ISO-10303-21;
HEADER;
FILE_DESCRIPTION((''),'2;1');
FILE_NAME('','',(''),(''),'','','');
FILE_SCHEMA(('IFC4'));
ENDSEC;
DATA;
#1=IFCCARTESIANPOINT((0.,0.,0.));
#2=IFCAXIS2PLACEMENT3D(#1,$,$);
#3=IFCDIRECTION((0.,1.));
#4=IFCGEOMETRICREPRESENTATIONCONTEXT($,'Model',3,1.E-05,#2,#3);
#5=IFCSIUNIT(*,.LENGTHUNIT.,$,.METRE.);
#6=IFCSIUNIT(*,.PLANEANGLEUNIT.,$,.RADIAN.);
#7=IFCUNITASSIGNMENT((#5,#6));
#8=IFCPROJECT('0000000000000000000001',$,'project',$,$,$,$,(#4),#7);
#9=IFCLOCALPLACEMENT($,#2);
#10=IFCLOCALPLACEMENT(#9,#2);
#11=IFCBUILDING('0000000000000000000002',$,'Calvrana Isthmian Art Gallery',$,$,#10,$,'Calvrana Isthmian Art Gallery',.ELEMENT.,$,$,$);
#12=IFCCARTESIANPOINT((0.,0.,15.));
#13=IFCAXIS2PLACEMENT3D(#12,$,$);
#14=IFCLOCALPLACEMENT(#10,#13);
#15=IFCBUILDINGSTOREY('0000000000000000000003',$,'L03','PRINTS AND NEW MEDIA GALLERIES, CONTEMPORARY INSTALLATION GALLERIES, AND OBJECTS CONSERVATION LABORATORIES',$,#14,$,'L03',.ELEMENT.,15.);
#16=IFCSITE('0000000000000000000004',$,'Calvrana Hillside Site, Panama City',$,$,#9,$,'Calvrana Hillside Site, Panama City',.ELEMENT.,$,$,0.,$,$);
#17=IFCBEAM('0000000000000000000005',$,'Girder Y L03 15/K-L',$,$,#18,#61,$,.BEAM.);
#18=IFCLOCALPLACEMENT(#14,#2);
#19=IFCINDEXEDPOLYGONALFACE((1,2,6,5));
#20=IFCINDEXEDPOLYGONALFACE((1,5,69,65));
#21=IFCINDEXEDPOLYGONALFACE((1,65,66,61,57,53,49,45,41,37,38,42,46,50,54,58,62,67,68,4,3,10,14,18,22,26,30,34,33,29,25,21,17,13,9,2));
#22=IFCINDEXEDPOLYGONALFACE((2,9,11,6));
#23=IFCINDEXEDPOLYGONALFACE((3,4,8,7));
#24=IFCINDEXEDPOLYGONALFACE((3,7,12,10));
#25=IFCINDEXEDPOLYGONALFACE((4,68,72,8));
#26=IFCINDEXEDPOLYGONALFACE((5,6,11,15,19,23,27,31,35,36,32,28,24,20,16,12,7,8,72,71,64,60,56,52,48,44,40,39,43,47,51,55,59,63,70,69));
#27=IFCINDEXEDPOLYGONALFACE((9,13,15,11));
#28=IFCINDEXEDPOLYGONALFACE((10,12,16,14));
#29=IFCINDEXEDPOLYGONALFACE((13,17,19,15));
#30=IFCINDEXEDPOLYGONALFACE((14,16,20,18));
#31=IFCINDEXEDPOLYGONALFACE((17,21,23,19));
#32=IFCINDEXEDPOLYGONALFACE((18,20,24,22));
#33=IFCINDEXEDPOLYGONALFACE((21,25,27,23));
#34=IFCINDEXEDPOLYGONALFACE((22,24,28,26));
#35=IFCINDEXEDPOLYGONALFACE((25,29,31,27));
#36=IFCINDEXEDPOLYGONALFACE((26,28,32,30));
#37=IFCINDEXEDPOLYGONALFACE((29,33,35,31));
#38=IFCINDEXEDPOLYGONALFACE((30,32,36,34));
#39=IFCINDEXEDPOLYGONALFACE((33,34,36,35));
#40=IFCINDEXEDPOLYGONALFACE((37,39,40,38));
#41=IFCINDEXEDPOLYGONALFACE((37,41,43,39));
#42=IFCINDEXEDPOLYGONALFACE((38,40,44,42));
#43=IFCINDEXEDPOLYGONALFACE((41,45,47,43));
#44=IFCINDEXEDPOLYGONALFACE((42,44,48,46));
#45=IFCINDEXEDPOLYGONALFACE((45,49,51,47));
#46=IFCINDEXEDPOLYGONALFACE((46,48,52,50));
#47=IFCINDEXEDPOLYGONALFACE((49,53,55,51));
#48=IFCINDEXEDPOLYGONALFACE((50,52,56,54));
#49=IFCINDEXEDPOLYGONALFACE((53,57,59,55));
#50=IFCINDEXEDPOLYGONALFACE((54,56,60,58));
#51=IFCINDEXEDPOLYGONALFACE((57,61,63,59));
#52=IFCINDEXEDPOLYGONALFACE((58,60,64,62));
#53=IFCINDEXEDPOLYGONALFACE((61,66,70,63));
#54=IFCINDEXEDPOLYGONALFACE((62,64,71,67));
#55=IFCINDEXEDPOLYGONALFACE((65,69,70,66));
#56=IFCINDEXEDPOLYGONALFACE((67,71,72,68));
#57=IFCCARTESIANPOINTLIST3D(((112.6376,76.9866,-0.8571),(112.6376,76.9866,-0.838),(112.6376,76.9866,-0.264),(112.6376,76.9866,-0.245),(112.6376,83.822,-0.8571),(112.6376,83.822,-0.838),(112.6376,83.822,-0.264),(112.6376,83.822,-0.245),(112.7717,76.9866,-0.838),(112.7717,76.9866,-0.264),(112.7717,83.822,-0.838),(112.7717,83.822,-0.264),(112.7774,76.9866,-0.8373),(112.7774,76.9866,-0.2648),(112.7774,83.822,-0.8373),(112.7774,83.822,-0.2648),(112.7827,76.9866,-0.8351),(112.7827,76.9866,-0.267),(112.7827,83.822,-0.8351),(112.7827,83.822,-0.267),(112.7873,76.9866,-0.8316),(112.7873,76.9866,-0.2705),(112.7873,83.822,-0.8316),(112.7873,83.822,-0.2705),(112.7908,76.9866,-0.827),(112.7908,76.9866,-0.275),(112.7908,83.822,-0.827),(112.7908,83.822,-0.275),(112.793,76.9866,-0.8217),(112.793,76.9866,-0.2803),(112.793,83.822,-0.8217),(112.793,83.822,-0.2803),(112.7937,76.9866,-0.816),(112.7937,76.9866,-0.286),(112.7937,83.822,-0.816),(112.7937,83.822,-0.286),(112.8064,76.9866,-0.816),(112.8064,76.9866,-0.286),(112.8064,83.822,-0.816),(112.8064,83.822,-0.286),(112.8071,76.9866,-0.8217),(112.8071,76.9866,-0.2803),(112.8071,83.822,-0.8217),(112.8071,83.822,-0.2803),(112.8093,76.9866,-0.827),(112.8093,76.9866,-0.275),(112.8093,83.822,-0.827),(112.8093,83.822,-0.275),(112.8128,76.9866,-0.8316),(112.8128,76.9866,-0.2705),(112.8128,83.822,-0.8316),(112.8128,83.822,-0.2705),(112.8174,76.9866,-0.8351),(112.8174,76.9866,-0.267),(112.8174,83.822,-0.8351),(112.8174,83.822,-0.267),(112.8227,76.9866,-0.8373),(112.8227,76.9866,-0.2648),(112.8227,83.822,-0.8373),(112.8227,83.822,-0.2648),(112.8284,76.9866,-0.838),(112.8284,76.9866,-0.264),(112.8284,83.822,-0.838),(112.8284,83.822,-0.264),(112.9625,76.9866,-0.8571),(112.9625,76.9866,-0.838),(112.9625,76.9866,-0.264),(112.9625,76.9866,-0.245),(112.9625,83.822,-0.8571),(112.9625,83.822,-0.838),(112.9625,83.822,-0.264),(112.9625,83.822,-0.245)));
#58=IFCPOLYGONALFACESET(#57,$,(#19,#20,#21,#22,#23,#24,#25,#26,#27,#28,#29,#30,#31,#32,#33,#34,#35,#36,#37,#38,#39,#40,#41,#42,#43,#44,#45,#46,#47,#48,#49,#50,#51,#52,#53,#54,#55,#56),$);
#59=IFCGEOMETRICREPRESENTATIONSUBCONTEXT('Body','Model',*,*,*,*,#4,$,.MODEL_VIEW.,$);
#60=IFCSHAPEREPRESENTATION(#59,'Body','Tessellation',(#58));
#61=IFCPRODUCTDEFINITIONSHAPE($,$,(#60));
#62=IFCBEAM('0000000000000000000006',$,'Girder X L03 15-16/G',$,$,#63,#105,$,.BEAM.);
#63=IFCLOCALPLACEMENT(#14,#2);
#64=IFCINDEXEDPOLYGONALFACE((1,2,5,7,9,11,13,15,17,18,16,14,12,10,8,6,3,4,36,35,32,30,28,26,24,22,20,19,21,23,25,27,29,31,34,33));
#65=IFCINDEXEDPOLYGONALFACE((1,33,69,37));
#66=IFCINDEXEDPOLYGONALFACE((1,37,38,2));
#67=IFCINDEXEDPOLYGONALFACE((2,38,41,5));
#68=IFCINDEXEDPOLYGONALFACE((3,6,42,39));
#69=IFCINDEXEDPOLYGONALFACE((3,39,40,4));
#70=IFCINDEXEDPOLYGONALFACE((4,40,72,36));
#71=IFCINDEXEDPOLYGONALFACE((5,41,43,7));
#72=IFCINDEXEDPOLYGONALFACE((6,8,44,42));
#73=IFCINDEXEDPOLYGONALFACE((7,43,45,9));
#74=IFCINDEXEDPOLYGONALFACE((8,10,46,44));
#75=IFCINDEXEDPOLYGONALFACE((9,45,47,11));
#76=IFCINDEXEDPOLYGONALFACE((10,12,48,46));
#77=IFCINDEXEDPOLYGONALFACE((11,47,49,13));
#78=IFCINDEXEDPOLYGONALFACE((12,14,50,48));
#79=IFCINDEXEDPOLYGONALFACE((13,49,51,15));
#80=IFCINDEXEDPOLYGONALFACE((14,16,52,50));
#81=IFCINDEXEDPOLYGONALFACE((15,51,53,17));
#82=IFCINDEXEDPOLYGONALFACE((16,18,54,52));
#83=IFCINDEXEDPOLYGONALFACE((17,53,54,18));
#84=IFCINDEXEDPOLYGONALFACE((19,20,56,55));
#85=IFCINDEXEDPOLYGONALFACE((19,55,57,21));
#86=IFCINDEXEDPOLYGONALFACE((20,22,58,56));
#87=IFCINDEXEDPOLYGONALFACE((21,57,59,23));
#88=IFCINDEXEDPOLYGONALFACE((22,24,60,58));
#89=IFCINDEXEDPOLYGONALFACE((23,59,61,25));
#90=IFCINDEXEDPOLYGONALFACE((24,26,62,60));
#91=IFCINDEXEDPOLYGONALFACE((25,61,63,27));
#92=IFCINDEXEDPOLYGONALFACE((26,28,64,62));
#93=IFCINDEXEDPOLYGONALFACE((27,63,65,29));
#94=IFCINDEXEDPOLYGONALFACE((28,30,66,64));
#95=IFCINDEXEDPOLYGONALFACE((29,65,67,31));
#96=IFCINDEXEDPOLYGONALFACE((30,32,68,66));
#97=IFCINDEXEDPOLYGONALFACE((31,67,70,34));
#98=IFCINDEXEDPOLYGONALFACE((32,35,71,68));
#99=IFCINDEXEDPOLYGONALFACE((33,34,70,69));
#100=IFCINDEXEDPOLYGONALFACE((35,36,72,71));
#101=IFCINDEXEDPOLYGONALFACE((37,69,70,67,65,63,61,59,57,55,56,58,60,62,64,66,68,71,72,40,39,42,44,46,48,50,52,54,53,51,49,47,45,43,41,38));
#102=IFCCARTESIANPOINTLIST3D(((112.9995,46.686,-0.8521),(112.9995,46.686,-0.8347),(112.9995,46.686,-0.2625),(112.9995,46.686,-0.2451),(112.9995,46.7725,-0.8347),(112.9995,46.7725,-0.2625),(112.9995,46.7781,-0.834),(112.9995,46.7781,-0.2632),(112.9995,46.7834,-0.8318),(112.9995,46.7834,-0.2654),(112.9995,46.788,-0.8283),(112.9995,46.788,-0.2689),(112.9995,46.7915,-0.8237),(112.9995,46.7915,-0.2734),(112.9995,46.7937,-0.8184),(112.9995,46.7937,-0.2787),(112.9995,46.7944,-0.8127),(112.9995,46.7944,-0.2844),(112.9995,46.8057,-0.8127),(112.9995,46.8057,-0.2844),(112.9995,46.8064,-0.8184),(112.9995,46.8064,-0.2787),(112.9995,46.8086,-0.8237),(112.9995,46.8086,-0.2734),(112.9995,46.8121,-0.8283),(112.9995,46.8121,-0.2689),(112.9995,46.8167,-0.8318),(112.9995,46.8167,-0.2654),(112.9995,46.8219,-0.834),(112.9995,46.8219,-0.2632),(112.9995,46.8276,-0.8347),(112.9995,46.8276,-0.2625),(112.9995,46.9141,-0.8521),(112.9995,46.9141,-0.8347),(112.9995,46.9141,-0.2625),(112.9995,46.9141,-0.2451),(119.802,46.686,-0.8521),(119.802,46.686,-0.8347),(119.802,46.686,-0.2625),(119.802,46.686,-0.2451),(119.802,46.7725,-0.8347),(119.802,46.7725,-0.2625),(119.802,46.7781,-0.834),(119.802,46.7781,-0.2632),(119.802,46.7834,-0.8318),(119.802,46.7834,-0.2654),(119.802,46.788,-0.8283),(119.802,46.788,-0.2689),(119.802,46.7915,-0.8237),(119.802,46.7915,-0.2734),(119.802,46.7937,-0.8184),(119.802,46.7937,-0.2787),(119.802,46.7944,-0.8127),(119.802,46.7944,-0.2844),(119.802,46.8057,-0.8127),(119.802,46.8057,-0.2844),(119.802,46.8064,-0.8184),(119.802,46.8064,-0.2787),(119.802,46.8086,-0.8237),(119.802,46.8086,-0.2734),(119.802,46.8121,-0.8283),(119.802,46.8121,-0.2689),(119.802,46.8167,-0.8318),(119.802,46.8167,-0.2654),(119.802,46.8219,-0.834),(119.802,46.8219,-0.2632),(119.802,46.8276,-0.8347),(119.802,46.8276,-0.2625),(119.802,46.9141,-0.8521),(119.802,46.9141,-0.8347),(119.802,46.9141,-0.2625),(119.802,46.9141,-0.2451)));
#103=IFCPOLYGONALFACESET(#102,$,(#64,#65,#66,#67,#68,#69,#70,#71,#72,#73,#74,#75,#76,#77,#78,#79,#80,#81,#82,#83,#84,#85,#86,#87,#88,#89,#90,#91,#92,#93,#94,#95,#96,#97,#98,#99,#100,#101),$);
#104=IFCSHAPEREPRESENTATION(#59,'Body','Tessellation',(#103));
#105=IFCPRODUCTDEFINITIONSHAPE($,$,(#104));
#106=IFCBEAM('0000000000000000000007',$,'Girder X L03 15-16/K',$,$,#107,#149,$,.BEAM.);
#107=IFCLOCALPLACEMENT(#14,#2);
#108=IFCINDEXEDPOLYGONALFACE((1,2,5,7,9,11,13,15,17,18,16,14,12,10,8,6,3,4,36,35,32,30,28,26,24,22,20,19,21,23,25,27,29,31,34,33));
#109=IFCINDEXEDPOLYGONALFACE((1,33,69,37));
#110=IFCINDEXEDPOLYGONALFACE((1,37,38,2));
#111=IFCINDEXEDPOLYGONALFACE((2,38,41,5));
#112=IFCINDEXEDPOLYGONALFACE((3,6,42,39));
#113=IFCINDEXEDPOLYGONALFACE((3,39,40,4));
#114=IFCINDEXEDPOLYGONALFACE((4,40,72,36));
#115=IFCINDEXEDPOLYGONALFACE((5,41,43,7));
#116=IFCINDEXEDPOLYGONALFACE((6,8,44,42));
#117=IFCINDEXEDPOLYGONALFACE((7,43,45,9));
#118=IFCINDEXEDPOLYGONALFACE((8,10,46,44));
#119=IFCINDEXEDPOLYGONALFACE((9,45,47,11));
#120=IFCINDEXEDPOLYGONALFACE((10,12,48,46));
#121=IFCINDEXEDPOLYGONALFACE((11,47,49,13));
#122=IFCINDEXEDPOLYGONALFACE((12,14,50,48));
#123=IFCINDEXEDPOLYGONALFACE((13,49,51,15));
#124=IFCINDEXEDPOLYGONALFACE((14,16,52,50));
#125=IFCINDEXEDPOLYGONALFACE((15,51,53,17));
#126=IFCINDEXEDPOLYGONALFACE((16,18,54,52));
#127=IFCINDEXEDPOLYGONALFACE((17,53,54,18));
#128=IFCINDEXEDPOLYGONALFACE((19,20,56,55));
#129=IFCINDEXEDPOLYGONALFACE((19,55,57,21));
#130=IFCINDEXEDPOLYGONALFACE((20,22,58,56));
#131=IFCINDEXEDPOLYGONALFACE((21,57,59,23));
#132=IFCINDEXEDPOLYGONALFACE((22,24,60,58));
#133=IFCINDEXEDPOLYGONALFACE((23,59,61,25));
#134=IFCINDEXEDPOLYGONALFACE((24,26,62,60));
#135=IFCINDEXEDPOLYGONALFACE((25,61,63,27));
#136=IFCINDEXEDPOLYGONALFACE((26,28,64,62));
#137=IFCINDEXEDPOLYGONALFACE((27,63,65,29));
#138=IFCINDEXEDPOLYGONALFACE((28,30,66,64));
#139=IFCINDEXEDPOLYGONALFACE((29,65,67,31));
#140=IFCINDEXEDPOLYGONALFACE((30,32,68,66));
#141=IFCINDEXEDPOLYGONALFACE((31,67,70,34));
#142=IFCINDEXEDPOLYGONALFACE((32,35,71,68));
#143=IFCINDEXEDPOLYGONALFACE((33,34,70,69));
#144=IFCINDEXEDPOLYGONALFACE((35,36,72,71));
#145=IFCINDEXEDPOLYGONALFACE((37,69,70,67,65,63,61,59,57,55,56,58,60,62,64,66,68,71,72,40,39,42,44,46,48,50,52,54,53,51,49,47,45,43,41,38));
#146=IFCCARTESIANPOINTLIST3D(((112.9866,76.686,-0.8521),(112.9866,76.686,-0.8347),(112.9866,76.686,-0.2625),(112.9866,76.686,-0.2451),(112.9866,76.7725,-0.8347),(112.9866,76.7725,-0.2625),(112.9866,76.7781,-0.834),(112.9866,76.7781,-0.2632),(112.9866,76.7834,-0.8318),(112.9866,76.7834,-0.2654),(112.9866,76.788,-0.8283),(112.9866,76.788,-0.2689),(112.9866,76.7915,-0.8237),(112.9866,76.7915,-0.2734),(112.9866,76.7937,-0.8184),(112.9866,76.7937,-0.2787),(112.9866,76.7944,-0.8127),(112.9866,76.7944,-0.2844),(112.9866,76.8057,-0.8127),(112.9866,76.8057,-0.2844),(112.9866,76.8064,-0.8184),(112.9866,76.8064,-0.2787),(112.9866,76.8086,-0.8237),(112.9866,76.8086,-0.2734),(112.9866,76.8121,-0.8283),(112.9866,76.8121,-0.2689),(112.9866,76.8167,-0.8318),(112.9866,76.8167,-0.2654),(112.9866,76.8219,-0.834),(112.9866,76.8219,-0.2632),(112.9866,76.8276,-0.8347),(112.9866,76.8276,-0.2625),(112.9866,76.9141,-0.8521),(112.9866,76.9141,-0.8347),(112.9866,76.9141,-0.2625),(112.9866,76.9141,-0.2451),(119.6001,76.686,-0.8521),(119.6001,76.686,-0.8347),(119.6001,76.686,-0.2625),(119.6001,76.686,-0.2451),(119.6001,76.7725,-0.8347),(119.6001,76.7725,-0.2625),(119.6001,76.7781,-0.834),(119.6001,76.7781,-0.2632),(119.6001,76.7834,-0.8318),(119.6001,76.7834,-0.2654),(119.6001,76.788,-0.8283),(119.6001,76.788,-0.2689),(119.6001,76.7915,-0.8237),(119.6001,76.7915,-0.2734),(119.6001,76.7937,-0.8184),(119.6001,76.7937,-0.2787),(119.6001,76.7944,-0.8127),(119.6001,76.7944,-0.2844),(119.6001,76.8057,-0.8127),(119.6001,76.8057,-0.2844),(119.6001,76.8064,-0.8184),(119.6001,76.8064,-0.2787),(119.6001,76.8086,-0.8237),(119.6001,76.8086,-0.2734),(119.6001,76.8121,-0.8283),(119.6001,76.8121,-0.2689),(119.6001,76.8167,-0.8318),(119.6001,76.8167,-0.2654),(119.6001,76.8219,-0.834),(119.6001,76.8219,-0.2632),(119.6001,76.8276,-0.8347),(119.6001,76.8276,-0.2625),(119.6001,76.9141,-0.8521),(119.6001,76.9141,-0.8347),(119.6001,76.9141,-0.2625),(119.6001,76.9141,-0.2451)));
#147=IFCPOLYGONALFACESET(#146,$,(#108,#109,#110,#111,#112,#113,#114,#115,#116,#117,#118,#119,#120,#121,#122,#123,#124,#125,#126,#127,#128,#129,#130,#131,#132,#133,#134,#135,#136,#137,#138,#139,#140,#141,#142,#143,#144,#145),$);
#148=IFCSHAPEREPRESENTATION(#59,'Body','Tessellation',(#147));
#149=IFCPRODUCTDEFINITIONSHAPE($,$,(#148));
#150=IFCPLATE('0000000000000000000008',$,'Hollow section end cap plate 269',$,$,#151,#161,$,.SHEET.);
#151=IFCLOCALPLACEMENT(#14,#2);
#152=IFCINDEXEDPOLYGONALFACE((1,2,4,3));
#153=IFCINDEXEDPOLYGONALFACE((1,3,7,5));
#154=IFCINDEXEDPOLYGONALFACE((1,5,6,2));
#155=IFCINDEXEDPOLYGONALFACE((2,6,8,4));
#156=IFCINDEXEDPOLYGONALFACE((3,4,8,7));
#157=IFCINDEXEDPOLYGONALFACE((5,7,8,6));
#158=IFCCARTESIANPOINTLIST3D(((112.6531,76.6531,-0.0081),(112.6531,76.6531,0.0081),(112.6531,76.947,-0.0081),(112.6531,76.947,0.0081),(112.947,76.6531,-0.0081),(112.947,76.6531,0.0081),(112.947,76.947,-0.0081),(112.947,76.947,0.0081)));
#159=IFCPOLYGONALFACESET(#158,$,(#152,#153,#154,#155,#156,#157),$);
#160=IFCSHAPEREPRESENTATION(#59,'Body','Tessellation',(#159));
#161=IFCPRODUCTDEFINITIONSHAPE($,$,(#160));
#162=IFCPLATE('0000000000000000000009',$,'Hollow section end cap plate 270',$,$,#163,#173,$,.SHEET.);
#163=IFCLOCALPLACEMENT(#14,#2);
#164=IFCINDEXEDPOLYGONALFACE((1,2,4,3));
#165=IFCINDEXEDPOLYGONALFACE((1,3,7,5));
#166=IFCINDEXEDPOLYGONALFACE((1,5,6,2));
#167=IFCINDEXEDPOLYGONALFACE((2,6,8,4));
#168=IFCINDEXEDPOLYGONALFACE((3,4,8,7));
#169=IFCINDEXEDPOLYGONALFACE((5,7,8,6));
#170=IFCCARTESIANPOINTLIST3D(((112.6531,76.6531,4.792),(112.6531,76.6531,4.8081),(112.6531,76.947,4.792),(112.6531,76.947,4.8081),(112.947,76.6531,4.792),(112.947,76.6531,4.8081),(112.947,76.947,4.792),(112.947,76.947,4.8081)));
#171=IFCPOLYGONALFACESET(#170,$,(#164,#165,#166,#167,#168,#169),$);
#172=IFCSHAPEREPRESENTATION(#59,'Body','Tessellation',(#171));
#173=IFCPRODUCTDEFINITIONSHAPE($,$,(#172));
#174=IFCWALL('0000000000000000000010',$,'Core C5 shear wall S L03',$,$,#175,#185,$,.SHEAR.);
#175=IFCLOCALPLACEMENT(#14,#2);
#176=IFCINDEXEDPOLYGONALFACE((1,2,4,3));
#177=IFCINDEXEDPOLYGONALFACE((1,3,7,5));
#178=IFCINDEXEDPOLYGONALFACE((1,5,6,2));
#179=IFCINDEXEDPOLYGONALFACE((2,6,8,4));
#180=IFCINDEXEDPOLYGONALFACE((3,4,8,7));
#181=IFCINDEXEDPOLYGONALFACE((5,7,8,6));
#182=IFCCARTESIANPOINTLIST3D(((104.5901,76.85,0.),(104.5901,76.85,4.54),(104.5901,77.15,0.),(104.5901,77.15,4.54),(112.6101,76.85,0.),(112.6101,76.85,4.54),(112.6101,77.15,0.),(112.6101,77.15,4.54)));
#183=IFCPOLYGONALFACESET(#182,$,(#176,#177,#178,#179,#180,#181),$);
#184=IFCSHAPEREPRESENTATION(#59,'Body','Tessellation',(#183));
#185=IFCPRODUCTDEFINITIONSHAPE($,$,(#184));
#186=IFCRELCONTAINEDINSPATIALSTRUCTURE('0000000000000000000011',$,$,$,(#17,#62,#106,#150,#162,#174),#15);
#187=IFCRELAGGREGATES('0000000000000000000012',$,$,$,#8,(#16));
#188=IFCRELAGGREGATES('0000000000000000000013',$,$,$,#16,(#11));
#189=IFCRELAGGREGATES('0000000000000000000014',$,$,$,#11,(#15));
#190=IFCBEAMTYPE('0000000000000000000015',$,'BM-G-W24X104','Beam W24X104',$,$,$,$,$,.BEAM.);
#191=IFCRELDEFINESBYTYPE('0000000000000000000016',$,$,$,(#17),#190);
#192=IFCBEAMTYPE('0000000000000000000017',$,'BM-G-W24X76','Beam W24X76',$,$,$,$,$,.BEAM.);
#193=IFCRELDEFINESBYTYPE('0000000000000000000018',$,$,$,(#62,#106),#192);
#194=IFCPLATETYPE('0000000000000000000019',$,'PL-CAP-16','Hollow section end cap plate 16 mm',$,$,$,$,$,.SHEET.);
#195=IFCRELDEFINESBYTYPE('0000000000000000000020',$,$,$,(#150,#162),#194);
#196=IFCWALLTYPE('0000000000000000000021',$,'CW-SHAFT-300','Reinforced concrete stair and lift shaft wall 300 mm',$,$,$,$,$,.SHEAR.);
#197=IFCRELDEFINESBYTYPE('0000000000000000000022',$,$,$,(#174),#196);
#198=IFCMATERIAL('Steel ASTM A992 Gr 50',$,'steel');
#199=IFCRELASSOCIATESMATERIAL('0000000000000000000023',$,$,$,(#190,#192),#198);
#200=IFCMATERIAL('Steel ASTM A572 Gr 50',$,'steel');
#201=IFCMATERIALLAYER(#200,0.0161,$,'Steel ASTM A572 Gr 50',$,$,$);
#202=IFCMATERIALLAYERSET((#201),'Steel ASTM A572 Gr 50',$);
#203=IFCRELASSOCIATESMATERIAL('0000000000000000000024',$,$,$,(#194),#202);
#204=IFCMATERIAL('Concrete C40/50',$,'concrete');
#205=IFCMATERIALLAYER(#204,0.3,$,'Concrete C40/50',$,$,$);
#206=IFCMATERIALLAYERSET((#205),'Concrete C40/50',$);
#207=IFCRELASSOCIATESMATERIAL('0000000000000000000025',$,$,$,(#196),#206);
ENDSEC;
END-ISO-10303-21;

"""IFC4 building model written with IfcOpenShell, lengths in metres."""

from ifc_helpers import new_model, si_unit, direction, frame, frame_2d, origin, origin_2d, place, context, subcontext, project, spatial, rectangle, i_section, extrude, material, layer, layer_set, material_profile, profile_set, type_object, element, save


model = new_model("IFC4")

# Units and contexts
model_context = context("Model", 3, precision=1e-05, world=origin(), true_north=direction((0.0, 1.0)))
body_context = subcontext(model_context, "Body", "Model", "MODEL_VIEW")
ifc_project = project(units=[si_unit("LENGTHUNIT", "METRE"), si_unit("PLANEANGLEUNIT", "RADIAN")], contexts=[model_context])

# Site, building, storey
site_placement = place(None, origin())
site = spatial("IfcSite", under=ifc_project, at=site_placement, Name="Calvrana Hillside Site, Panama City", LongName="Calvrana Hillside Site, Panama City", CompositionType="ELEMENT", RefElevation=0.0)
building_placement = place(site_placement, origin())
building = spatial("IfcBuilding", under=site, at=building_placement, Name="Calvrana Isthmian Art Gallery", LongName="Calvrana Isthmian Art Gallery", CompositionType="ELEMENT")
storey_placement = place(building_placement, frame((0.0, 0.0, 15.0)))
storey = spatial("IfcBuildingStorey", under=building, at=storey_placement, Name="L03", Description="PRINTS AND NEW MEDIA GALLERIES, CONTEMPORARY INSTALLATION GALLERIES, AND OBJECTS CONSERVATION LABORATORIES", LongName="L03", CompositionType="ELEMENT", Elevation=15.0)

# Shared definitions
ifc_material_1 = material(Name="Concrete C40/50", Category="concrete")
ifc_material_2 = material(Name="Steel ASTM A992 Gr 50", Category="steel")

# Beams
ifc_material_profile_1 = material_profile(ifc_material_2, i_section(OverallWidth=0.325, OverallDepth=0.6121, WebThickness=0.0127, FlangeThickness=0.019, FilletRadius=0.022, at=origin_2d()), Name="W24X104")
ifc_profile_set_1 = profile_set([ifc_material_profile_1], Name="Steel ASTM A992 Gr 50")
beam_type_1 = type_object("IfcBeamType", Name="BM-G-W24X104", Description="Beam W24X104", PredefinedType="BEAM", material=ifc_profile_set_1)
beam_1_placement = place(storey_placement, frame((112.8, 76.9866, -0.551), z_axis=(0.0, 1.0, 0.0), x_axis=(-1.0, 0.0, 0.0)))
element("IfcBeam", 1, at=beam_1_placement, inside=storey, type_object=beam_type_1, Name="Girder Y L03 15/K-L", PredefinedType="BEAM", context=body_context, shape_type="SweptSolid", body=[
    extrude(i_section(OverallWidth=0.325, OverallDepth=0.6121, WebThickness=0.0127, FlangeThickness=0.019, FilletRadius=0.022, at=origin_2d()), origin(), (0.0, 0.0, 1.0), 6.8354),
])
ifc_material_profile_2 = material_profile(ifc_material_2, i_section(OverallWidth=0.228, OverallDepth=0.6069, WebThickness=0.0112, FlangeThickness=0.0173, FilletRadius=0.022, at=origin_2d()), Name="W24X76")
ifc_profile_set_2 = profile_set([ifc_material_profile_2], Name="Steel ASTM A992 Gr 50")
beam_type_2 = type_object("IfcBeamType", Name="BM-G-W24X76", Description="Beam W24X76", PredefinedType="BEAM", material=ifc_profile_set_2)
beam_2_placement = place(storey_placement, frame((112.9995, 46.8, -0.5486), z_axis=(1.0, 0.0, 0.0), x_axis=(0.0, 1.0, 0.0)))
element("IfcBeam", 2, at=beam_2_placement, inside=storey, type_object=beam_type_2, Name="Girder X L03 15-16/G", PredefinedType="BEAM", context=body_context, shape_type="SweptSolid", body=[
    extrude(i_section(OverallWidth=0.228, OverallDepth=0.6069, WebThickness=0.0112, FlangeThickness=0.0173, FilletRadius=0.022, at=origin_2d()), origin(), (0.0, 0.0, 1.0), 6.8025),
])
beam_3_placement = place(storey_placement, frame((112.9866, 76.8, -0.5486), z_axis=(1.0, 0.0, 0.0), x_axis=(0.0, 1.0, 0.0)))
element("IfcBeam", 3, at=beam_3_placement, inside=storey, type_object=beam_type_2, Name="Girder X L03 15-16/K", PredefinedType="BEAM", context=body_context, shape_type="SweptSolid", body=[
    extrude(i_section(OverallWidth=0.228, OverallDepth=0.6069, WebThickness=0.0112, FlangeThickness=0.0173, FilletRadius=0.022, at=origin_2d()), origin(), (0.0, 0.0, 1.0), 6.6135),
])

# Plates
ifc_material_3 = material(Name="Steel ASTM A572 Gr 50", Category="steel")
ifc_layer_1 = layer(ifc_material_3, 0.0161, Name="Steel ASTM A572 Gr 50")
ifc_layer_set_1 = layer_set([ifc_layer_1], Name="Steel ASTM A572 Gr 50")
plate_type = type_object("IfcPlateType", Name="PL-CAP-16", Description="Hollow section end cap plate 16 mm", PredefinedType="SHEET", material=ifc_layer_set_1)
for number, where, z_axis, x_axis, name in (
    (4, (112.8, 76.8, -0.0081), (0.0, 0.0, 1.0), (1.0, 0.0, 0.0), "Hollow section end cap plate 269"),
    (5, (112.8, 76.8, 4.792), (0.0, 0.0, 1.0), (1.0, 0.0, 0.0), "Hollow section end cap plate 270"),
):
    element("IfcPlate", number, at=place(storey_placement, frame(where, z_axis=z_axis, x_axis=x_axis)), inside=storey, type_object=plate_type, Name=name, PredefinedType="SHEET", context=body_context, shape_type="SweptSolid", body=[
        extrude(rectangle(XDim=0.2939, YDim=0.2939, at=origin_2d()), origin(), (0.0, 0.0, 1.0), 0.0161),
    ])

# Wall
ifc_layer_2 = layer(ifc_material_1, 0.3, Name="Concrete C40/50")
ifc_layer_set_2 = layer_set([ifc_layer_2], Name="Concrete C40/50")
wall_type_1 = type_object("IfcWallType", Name="CW-SHAFT-300", Description="Reinforced concrete stair and lift shaft wall 300 mm", PredefinedType="SHEAR", material=ifc_layer_set_2)
wall_1_placement = place(storey_placement, frame((104.5901, 77.0, 0.0), z_axis=(0.0, 0.0, 1.0), x_axis=(1.0, 0.0, 0.0)))
element("IfcWall", 6, at=wall_1_placement, inside=storey, type_object=wall_type_1, Name="Core C5 shear wall S L03", PredefinedType="SHEAR", context=body_context, shape_type="SweptSolid", body=[
    extrude(rectangle(XDim=8.02, YDim=0.3, at=frame_2d((4.01, 0.0))), origin(), (0.0, 0.0, 1.0), 4.54),
])

save(model, "model.ifc")
